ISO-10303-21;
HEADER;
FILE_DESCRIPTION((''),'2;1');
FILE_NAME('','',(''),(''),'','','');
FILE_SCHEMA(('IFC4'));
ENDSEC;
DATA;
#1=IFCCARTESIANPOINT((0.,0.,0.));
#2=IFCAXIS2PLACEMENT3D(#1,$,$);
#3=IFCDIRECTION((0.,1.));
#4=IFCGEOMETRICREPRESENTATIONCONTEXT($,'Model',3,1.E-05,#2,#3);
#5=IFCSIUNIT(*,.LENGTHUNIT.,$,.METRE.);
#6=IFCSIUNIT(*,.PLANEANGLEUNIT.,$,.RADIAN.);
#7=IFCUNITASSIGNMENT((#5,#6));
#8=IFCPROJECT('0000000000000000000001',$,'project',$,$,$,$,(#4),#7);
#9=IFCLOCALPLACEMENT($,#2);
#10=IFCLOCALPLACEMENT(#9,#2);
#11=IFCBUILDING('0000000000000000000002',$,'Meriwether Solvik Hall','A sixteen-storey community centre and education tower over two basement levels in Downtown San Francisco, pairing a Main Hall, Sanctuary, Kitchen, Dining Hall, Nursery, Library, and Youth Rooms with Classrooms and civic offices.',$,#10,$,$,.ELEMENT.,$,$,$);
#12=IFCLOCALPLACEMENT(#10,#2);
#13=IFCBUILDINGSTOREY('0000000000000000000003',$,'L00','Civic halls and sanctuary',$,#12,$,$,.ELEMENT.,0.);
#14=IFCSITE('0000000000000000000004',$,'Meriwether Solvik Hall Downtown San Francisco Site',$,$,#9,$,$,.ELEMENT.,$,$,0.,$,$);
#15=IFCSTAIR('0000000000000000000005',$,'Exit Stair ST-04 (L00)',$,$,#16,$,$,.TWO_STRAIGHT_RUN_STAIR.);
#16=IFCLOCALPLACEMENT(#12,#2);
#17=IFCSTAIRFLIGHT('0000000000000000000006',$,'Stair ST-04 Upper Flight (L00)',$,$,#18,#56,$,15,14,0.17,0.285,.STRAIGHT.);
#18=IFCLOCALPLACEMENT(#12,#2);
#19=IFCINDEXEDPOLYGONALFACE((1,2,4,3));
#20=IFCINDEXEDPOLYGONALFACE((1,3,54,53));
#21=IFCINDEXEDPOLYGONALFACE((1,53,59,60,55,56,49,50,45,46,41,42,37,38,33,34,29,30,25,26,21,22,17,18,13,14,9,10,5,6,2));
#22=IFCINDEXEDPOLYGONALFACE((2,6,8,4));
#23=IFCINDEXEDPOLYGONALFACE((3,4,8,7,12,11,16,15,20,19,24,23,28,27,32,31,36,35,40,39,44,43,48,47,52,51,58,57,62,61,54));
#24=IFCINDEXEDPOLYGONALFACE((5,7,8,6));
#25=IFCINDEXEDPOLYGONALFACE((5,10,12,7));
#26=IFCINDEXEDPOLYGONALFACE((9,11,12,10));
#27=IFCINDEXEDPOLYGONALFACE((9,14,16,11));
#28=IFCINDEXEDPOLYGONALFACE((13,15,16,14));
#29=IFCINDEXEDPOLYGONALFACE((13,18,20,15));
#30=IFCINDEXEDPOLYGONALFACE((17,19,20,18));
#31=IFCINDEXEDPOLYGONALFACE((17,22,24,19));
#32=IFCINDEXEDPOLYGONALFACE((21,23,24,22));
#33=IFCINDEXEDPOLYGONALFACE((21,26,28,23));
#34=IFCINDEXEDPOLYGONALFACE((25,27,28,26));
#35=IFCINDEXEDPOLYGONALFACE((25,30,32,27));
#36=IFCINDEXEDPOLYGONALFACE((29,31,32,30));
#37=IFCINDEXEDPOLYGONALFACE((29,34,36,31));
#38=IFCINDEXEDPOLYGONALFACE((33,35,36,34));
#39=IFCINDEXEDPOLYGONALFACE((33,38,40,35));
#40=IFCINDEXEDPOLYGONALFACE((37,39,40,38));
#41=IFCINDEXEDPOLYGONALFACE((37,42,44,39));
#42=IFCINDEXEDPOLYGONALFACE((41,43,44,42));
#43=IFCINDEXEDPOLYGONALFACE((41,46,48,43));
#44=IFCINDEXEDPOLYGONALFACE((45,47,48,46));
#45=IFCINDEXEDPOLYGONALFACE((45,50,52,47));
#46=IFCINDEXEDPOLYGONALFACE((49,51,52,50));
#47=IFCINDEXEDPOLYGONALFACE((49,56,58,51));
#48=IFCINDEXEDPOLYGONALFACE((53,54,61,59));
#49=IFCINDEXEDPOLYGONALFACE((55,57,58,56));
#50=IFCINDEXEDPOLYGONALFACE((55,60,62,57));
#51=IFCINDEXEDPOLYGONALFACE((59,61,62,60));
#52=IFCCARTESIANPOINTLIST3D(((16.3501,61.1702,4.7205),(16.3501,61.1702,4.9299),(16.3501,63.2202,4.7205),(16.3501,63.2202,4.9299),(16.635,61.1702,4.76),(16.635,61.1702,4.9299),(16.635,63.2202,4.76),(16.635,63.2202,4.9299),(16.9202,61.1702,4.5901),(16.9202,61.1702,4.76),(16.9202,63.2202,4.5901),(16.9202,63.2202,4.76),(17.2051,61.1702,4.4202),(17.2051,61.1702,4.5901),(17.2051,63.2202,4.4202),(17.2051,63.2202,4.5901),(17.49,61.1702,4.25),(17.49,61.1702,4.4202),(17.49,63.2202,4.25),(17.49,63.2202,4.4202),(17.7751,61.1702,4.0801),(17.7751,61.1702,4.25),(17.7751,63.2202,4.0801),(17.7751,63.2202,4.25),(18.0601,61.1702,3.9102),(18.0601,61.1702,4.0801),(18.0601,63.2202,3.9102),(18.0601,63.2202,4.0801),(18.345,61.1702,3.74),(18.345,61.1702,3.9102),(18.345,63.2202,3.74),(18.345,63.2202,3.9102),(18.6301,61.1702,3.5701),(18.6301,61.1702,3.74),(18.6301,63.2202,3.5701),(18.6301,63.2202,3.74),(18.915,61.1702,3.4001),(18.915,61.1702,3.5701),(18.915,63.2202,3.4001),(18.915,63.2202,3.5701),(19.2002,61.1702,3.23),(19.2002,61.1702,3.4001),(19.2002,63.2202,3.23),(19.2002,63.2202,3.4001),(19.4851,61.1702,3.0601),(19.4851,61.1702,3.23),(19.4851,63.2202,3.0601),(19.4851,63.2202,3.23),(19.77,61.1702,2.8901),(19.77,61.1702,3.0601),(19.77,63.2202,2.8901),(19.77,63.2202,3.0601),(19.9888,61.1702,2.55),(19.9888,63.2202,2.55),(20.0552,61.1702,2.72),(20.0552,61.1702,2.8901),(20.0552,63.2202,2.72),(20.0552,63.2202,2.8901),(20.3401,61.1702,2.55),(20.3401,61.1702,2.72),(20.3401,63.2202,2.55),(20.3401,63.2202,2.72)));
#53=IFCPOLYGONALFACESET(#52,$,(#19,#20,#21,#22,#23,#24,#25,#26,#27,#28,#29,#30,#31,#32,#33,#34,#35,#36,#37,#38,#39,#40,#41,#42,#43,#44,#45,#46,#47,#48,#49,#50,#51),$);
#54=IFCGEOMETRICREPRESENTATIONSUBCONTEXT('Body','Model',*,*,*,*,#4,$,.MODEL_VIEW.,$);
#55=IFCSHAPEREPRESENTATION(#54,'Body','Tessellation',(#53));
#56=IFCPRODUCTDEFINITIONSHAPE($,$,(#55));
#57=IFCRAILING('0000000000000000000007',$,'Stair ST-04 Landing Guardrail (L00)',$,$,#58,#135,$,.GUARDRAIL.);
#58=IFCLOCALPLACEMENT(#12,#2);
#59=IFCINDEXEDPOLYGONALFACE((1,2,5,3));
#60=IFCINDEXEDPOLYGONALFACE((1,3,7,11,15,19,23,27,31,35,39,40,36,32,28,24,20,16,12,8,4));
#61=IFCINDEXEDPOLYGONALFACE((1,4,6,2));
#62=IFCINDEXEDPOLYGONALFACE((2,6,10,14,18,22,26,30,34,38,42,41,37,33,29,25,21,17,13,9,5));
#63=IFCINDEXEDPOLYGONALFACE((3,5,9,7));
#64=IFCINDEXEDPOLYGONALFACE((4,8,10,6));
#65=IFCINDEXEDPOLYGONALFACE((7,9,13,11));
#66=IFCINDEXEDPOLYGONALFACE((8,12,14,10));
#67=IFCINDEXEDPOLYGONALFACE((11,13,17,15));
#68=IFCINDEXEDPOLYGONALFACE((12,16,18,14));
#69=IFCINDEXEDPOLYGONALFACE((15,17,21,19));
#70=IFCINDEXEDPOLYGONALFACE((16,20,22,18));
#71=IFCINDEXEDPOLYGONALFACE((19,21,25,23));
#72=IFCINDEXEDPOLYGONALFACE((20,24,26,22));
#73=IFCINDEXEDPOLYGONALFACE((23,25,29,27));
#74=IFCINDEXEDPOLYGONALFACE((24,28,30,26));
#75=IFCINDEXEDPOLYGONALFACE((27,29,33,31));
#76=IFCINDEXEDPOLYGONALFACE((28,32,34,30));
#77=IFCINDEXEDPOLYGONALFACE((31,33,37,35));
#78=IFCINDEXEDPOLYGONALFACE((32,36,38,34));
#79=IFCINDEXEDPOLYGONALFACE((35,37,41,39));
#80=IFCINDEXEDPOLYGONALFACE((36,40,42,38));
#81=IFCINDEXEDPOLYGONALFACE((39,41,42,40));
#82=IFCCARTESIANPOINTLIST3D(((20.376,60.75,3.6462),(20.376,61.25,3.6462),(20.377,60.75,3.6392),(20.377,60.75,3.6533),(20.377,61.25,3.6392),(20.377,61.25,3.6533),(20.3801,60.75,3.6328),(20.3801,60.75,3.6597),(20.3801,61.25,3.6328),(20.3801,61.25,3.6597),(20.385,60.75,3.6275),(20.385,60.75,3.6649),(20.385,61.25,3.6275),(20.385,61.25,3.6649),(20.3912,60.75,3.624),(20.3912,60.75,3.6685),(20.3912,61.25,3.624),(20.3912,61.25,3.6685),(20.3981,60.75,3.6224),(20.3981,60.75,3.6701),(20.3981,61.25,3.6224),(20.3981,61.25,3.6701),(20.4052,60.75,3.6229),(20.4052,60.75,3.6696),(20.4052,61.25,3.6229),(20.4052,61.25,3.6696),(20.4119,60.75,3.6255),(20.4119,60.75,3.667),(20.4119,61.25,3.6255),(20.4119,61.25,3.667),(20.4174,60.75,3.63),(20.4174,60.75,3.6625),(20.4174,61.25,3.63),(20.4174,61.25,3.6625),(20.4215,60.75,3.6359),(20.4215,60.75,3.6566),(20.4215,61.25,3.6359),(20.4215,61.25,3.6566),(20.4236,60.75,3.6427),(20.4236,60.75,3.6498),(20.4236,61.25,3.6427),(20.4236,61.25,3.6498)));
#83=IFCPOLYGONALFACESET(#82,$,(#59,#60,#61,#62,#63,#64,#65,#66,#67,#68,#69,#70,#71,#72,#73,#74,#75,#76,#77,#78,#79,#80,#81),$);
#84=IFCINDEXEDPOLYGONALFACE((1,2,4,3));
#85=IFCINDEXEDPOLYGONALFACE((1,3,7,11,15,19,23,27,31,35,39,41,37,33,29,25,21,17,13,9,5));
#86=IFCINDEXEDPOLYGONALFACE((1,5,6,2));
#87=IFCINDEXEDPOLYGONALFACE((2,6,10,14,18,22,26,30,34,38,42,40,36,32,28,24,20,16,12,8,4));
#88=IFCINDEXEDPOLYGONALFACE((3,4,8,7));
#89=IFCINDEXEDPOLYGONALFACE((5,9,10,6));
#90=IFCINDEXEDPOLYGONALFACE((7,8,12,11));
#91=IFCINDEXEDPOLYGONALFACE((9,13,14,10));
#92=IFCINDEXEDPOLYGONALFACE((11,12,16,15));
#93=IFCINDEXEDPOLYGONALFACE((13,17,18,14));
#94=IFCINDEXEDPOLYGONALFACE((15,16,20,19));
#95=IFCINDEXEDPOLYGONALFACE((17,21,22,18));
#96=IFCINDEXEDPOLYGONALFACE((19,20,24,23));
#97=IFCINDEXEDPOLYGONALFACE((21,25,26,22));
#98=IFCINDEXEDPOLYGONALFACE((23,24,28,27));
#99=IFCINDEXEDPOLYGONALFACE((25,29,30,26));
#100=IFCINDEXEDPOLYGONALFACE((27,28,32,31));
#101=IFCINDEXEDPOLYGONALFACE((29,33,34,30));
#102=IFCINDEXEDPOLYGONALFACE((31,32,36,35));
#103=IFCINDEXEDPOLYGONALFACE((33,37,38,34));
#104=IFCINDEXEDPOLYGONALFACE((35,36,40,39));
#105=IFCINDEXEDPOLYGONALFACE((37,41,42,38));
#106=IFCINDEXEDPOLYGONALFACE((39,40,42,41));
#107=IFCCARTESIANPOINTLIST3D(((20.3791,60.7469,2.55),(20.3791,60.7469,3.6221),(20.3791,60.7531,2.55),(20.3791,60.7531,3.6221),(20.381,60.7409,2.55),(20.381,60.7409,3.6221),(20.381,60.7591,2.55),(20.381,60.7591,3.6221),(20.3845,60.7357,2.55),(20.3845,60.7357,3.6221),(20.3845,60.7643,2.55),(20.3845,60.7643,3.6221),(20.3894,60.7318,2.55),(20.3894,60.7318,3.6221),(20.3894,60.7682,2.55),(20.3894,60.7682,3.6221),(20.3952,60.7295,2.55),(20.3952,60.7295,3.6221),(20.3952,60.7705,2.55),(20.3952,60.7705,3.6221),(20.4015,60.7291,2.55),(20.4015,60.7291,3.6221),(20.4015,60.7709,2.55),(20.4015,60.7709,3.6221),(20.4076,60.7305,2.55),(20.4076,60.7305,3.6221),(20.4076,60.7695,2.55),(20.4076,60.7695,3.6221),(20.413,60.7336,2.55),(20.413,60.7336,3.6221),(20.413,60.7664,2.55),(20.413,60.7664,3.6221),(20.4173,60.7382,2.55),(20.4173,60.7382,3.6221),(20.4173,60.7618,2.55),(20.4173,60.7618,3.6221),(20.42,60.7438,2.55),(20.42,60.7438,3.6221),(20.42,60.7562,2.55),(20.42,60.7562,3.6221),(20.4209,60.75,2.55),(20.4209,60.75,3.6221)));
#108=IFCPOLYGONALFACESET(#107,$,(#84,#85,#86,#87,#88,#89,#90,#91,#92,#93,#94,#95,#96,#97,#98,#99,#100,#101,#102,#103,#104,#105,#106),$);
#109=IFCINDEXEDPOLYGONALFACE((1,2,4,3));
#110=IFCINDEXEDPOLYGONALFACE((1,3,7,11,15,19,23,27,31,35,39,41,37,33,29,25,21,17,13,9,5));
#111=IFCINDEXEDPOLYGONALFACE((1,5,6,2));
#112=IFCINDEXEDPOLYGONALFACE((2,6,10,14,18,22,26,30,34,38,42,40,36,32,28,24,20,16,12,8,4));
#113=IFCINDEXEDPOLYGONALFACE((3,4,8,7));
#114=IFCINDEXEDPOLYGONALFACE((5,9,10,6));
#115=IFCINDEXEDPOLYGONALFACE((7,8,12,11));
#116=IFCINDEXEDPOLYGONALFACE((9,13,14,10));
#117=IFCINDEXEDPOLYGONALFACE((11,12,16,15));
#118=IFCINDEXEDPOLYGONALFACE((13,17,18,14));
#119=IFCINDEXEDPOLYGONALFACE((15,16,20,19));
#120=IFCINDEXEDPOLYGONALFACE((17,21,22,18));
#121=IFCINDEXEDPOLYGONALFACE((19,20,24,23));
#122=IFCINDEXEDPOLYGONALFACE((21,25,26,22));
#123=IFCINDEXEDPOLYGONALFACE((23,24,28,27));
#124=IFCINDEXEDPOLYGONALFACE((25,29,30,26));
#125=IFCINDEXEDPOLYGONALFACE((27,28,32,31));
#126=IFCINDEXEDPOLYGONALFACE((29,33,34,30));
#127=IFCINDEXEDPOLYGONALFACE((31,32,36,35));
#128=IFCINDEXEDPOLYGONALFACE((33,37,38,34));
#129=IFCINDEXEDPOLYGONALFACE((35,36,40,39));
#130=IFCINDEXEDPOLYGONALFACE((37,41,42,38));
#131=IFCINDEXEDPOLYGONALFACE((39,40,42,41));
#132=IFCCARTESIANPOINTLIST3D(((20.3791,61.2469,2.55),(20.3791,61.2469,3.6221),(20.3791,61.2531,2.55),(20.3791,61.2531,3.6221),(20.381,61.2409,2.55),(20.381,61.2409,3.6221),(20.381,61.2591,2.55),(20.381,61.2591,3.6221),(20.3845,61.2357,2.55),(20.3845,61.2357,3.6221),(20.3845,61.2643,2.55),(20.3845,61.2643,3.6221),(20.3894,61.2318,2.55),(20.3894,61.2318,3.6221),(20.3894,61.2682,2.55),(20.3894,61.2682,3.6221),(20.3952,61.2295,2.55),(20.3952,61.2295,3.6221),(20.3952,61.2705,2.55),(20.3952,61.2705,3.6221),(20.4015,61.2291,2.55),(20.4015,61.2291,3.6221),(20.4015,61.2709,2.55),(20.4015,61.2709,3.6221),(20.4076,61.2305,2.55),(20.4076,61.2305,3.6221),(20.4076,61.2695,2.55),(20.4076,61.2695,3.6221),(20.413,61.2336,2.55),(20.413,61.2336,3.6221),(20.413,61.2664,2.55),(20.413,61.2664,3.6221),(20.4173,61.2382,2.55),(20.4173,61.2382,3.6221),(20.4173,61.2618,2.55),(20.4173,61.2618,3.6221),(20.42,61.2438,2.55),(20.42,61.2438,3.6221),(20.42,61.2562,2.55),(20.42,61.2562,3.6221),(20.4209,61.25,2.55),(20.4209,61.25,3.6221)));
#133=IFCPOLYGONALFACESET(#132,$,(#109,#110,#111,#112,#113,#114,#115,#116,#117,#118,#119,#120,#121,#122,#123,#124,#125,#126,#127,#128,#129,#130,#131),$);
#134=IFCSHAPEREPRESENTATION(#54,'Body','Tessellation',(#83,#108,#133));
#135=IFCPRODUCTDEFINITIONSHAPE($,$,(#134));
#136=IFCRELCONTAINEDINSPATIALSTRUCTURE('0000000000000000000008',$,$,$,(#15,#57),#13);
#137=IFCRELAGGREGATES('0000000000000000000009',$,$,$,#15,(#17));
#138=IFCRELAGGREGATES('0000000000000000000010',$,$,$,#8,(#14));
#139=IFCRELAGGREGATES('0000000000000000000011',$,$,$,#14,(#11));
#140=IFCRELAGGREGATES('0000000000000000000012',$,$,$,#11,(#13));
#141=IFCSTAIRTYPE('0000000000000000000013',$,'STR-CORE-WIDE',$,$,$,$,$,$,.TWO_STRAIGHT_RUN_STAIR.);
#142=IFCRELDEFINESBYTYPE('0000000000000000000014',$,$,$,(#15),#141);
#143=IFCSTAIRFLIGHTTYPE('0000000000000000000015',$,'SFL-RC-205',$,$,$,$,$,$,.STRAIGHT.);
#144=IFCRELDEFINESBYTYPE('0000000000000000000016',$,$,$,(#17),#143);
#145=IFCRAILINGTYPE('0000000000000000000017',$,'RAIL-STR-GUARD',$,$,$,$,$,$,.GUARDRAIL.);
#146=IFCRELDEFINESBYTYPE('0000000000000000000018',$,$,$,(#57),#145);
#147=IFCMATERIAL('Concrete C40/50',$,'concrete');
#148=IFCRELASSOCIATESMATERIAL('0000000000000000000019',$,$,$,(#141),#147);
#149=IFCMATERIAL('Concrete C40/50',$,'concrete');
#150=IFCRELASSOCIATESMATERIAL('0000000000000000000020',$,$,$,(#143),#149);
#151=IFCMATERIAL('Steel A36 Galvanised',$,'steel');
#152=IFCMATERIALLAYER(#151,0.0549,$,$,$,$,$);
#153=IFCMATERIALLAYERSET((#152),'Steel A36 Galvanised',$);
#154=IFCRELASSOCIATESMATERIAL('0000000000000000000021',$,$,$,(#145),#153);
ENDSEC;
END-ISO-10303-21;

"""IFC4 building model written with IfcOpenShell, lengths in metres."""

from ifc_helpers import new_model, si_unit, direction, frame, origin, origin_2d, place, context, subcontext, project, spatial, polyline, circle, outline, extrude, material, layer, layer_set, type_object, element, aggregate, save


model = new_model("IFC4")

# Units and contexts
model_context = context("Model", 3, precision=1e-05, world=origin(), true_north=direction((0.0, 1.0)))
body_context = subcontext(model_context, "Body", "Model", "MODEL_VIEW")
ifc_project = project(units=[si_unit("LENGTHUNIT", "METRE"), si_unit("PLANEANGLEUNIT", "RADIAN")], contexts=[model_context])

# Site, building, storey
site_placement = place(None, origin())
site = spatial("IfcSite", under=ifc_project, at=site_placement, Name="Meriwether Solvik Hall Downtown San Francisco Site", CompositionType="ELEMENT", RefElevation=0.0)
building_placement = place(site_placement, origin())
building = spatial("IfcBuilding", under=site, at=building_placement, Name="Meriwether Solvik Hall", Description="A sixteen-storey community centre and education tower over two basement levels in Downtown San Francisco, pairing a Main Hall, Sanctuary, Kitchen, Dining Hall, Nursery, Library, and Youth Rooms with Classrooms and civic offices.", CompositionType="ELEMENT")
storey_placement = place(building_placement, origin())
storey = spatial("IfcBuildingStorey", under=building, at=storey_placement, Name="L00", Description="Civic halls and sanctuary", CompositionType="ELEMENT", Elevation=0.0)

# Stair, stair flight
ifc_material_1 = material(Name="Concrete C40/50", Category="concrete")
stair_type = type_object("IfcStairType", Name="STR-CORE-WIDE", PredefinedType="TWO_STRAIGHT_RUN_STAIR", material=ifc_material_1)
stair_placement = place(storey_placement, origin())
stair = element("IfcStair", 1, at=stair_placement, inside=storey, type_object=stair_type, Name="Exit Stair ST-04 (L00)", PredefinedType="TWO_STRAIGHT_RUN_STAIR")
ifc_material_2 = material(Name="Concrete C40/50", Category="concrete")
stair_flight_type = type_object("IfcStairFlightType", Name="SFL-RC-205", PredefinedType="STRAIGHT", material=ifc_material_2)
stair_flight_1_placement = place(storey_placement, frame((20.3401, 62.1951, 2.55), z_axis=(0.0, 0.0, 1.0), x_axis=(-1.0, 0.0, 0.0)))
stair_flight_1 = element("IfcStairFlight", 2, at=stair_flight_1_placement, type_object=stair_flight_type, Name="Stair ST-04 Upper Flight (L00)", NumberOfRisers=15, NumberOfTreads=14, PredefinedType="STRAIGHT", RiserHeight=0.17, TreadLength=0.285, context=body_context, shape_type="SweptSolid", body=[
    extrude(outline(polyline([(0.0, 0.0), (0.0, 0.1699), (0.2849, 0.1699), (0.2849, 0.3401), (0.5701, 0.3401), (0.5701, 0.51), (0.855, 0.51), (0.855, 0.6799), (1.1399, 0.6799), (1.1399, 0.8501), (1.425, 0.8501), (1.425, 1.02), (1.71, 1.02), (1.71, 1.1899), (1.9951, 1.1899), (1.9951, 1.3601), (2.28, 1.3601), (2.28, 1.53), (2.5649, 1.53), (2.5649, 1.7), (2.8501, 1.7), (2.8501, 1.8701), (3.135, 1.8701), (3.135, 2.04), (3.4199, 2.04), (3.4199, 2.21), (3.7051, 2.21), (3.7051, 2.3799), (3.99, 2.3799), (3.99, 2.55), (3.99, 2.1704), (0.3513, 0.0), (0.0, 0.0)])), frame((0.0, 1.0249, 0.0), z_axis=(0.0, -1.0, 0.0), x_axis=(1.0, 0.0, 0.0)), (0.0, 0.0, 1.0), 2.05),
])
aggregate(stair, [stair_flight_1])

# Railing
ifc_material_3 = material(Name="Steel A36 Galvanised", Category="steel")
ifc_layer_1 = layer(ifc_material_3, 0.0549)
ifc_layer_set_1 = layer_set([ifc_layer_1], Name="Steel A36 Galvanised")
railing_type_1 = type_object("IfcRailingType", Name="RAIL-STR-GUARD", PredefinedType="GUARDRAIL", material=ifc_layer_set_1)
railing_1_placement = place(storey_placement, frame((20.3999, 60.75, 2.55)))
element("IfcRailing", 3, at=railing_1_placement, inside=storey, type_object=railing_type_1, Name="Stair ST-04 Landing Guardrail (L00)", PredefinedType="GUARDRAIL", context=body_context, shape_type="SweptSolid", body=[
    extrude(circle(Radius=0.0239, at=origin_2d()), frame((0.0, 0.0, 1.0962), z_axis=(0.0, 1.0, 0.0), x_axis=(-1.0, 0.0, 0.0)), (0.0, 0.0, 1.0), 0.5),
    extrude(circle(Radius=0.021, at=origin_2d()), origin(), (0.0, 0.0, 1.0), 1.072),
    extrude(circle(Radius=0.021, at=origin_2d()), frame((0.0, 0.5, 0.0)), (0.0, 0.0, 1.0), 1.072),
])

save(model, "model.ifc")
